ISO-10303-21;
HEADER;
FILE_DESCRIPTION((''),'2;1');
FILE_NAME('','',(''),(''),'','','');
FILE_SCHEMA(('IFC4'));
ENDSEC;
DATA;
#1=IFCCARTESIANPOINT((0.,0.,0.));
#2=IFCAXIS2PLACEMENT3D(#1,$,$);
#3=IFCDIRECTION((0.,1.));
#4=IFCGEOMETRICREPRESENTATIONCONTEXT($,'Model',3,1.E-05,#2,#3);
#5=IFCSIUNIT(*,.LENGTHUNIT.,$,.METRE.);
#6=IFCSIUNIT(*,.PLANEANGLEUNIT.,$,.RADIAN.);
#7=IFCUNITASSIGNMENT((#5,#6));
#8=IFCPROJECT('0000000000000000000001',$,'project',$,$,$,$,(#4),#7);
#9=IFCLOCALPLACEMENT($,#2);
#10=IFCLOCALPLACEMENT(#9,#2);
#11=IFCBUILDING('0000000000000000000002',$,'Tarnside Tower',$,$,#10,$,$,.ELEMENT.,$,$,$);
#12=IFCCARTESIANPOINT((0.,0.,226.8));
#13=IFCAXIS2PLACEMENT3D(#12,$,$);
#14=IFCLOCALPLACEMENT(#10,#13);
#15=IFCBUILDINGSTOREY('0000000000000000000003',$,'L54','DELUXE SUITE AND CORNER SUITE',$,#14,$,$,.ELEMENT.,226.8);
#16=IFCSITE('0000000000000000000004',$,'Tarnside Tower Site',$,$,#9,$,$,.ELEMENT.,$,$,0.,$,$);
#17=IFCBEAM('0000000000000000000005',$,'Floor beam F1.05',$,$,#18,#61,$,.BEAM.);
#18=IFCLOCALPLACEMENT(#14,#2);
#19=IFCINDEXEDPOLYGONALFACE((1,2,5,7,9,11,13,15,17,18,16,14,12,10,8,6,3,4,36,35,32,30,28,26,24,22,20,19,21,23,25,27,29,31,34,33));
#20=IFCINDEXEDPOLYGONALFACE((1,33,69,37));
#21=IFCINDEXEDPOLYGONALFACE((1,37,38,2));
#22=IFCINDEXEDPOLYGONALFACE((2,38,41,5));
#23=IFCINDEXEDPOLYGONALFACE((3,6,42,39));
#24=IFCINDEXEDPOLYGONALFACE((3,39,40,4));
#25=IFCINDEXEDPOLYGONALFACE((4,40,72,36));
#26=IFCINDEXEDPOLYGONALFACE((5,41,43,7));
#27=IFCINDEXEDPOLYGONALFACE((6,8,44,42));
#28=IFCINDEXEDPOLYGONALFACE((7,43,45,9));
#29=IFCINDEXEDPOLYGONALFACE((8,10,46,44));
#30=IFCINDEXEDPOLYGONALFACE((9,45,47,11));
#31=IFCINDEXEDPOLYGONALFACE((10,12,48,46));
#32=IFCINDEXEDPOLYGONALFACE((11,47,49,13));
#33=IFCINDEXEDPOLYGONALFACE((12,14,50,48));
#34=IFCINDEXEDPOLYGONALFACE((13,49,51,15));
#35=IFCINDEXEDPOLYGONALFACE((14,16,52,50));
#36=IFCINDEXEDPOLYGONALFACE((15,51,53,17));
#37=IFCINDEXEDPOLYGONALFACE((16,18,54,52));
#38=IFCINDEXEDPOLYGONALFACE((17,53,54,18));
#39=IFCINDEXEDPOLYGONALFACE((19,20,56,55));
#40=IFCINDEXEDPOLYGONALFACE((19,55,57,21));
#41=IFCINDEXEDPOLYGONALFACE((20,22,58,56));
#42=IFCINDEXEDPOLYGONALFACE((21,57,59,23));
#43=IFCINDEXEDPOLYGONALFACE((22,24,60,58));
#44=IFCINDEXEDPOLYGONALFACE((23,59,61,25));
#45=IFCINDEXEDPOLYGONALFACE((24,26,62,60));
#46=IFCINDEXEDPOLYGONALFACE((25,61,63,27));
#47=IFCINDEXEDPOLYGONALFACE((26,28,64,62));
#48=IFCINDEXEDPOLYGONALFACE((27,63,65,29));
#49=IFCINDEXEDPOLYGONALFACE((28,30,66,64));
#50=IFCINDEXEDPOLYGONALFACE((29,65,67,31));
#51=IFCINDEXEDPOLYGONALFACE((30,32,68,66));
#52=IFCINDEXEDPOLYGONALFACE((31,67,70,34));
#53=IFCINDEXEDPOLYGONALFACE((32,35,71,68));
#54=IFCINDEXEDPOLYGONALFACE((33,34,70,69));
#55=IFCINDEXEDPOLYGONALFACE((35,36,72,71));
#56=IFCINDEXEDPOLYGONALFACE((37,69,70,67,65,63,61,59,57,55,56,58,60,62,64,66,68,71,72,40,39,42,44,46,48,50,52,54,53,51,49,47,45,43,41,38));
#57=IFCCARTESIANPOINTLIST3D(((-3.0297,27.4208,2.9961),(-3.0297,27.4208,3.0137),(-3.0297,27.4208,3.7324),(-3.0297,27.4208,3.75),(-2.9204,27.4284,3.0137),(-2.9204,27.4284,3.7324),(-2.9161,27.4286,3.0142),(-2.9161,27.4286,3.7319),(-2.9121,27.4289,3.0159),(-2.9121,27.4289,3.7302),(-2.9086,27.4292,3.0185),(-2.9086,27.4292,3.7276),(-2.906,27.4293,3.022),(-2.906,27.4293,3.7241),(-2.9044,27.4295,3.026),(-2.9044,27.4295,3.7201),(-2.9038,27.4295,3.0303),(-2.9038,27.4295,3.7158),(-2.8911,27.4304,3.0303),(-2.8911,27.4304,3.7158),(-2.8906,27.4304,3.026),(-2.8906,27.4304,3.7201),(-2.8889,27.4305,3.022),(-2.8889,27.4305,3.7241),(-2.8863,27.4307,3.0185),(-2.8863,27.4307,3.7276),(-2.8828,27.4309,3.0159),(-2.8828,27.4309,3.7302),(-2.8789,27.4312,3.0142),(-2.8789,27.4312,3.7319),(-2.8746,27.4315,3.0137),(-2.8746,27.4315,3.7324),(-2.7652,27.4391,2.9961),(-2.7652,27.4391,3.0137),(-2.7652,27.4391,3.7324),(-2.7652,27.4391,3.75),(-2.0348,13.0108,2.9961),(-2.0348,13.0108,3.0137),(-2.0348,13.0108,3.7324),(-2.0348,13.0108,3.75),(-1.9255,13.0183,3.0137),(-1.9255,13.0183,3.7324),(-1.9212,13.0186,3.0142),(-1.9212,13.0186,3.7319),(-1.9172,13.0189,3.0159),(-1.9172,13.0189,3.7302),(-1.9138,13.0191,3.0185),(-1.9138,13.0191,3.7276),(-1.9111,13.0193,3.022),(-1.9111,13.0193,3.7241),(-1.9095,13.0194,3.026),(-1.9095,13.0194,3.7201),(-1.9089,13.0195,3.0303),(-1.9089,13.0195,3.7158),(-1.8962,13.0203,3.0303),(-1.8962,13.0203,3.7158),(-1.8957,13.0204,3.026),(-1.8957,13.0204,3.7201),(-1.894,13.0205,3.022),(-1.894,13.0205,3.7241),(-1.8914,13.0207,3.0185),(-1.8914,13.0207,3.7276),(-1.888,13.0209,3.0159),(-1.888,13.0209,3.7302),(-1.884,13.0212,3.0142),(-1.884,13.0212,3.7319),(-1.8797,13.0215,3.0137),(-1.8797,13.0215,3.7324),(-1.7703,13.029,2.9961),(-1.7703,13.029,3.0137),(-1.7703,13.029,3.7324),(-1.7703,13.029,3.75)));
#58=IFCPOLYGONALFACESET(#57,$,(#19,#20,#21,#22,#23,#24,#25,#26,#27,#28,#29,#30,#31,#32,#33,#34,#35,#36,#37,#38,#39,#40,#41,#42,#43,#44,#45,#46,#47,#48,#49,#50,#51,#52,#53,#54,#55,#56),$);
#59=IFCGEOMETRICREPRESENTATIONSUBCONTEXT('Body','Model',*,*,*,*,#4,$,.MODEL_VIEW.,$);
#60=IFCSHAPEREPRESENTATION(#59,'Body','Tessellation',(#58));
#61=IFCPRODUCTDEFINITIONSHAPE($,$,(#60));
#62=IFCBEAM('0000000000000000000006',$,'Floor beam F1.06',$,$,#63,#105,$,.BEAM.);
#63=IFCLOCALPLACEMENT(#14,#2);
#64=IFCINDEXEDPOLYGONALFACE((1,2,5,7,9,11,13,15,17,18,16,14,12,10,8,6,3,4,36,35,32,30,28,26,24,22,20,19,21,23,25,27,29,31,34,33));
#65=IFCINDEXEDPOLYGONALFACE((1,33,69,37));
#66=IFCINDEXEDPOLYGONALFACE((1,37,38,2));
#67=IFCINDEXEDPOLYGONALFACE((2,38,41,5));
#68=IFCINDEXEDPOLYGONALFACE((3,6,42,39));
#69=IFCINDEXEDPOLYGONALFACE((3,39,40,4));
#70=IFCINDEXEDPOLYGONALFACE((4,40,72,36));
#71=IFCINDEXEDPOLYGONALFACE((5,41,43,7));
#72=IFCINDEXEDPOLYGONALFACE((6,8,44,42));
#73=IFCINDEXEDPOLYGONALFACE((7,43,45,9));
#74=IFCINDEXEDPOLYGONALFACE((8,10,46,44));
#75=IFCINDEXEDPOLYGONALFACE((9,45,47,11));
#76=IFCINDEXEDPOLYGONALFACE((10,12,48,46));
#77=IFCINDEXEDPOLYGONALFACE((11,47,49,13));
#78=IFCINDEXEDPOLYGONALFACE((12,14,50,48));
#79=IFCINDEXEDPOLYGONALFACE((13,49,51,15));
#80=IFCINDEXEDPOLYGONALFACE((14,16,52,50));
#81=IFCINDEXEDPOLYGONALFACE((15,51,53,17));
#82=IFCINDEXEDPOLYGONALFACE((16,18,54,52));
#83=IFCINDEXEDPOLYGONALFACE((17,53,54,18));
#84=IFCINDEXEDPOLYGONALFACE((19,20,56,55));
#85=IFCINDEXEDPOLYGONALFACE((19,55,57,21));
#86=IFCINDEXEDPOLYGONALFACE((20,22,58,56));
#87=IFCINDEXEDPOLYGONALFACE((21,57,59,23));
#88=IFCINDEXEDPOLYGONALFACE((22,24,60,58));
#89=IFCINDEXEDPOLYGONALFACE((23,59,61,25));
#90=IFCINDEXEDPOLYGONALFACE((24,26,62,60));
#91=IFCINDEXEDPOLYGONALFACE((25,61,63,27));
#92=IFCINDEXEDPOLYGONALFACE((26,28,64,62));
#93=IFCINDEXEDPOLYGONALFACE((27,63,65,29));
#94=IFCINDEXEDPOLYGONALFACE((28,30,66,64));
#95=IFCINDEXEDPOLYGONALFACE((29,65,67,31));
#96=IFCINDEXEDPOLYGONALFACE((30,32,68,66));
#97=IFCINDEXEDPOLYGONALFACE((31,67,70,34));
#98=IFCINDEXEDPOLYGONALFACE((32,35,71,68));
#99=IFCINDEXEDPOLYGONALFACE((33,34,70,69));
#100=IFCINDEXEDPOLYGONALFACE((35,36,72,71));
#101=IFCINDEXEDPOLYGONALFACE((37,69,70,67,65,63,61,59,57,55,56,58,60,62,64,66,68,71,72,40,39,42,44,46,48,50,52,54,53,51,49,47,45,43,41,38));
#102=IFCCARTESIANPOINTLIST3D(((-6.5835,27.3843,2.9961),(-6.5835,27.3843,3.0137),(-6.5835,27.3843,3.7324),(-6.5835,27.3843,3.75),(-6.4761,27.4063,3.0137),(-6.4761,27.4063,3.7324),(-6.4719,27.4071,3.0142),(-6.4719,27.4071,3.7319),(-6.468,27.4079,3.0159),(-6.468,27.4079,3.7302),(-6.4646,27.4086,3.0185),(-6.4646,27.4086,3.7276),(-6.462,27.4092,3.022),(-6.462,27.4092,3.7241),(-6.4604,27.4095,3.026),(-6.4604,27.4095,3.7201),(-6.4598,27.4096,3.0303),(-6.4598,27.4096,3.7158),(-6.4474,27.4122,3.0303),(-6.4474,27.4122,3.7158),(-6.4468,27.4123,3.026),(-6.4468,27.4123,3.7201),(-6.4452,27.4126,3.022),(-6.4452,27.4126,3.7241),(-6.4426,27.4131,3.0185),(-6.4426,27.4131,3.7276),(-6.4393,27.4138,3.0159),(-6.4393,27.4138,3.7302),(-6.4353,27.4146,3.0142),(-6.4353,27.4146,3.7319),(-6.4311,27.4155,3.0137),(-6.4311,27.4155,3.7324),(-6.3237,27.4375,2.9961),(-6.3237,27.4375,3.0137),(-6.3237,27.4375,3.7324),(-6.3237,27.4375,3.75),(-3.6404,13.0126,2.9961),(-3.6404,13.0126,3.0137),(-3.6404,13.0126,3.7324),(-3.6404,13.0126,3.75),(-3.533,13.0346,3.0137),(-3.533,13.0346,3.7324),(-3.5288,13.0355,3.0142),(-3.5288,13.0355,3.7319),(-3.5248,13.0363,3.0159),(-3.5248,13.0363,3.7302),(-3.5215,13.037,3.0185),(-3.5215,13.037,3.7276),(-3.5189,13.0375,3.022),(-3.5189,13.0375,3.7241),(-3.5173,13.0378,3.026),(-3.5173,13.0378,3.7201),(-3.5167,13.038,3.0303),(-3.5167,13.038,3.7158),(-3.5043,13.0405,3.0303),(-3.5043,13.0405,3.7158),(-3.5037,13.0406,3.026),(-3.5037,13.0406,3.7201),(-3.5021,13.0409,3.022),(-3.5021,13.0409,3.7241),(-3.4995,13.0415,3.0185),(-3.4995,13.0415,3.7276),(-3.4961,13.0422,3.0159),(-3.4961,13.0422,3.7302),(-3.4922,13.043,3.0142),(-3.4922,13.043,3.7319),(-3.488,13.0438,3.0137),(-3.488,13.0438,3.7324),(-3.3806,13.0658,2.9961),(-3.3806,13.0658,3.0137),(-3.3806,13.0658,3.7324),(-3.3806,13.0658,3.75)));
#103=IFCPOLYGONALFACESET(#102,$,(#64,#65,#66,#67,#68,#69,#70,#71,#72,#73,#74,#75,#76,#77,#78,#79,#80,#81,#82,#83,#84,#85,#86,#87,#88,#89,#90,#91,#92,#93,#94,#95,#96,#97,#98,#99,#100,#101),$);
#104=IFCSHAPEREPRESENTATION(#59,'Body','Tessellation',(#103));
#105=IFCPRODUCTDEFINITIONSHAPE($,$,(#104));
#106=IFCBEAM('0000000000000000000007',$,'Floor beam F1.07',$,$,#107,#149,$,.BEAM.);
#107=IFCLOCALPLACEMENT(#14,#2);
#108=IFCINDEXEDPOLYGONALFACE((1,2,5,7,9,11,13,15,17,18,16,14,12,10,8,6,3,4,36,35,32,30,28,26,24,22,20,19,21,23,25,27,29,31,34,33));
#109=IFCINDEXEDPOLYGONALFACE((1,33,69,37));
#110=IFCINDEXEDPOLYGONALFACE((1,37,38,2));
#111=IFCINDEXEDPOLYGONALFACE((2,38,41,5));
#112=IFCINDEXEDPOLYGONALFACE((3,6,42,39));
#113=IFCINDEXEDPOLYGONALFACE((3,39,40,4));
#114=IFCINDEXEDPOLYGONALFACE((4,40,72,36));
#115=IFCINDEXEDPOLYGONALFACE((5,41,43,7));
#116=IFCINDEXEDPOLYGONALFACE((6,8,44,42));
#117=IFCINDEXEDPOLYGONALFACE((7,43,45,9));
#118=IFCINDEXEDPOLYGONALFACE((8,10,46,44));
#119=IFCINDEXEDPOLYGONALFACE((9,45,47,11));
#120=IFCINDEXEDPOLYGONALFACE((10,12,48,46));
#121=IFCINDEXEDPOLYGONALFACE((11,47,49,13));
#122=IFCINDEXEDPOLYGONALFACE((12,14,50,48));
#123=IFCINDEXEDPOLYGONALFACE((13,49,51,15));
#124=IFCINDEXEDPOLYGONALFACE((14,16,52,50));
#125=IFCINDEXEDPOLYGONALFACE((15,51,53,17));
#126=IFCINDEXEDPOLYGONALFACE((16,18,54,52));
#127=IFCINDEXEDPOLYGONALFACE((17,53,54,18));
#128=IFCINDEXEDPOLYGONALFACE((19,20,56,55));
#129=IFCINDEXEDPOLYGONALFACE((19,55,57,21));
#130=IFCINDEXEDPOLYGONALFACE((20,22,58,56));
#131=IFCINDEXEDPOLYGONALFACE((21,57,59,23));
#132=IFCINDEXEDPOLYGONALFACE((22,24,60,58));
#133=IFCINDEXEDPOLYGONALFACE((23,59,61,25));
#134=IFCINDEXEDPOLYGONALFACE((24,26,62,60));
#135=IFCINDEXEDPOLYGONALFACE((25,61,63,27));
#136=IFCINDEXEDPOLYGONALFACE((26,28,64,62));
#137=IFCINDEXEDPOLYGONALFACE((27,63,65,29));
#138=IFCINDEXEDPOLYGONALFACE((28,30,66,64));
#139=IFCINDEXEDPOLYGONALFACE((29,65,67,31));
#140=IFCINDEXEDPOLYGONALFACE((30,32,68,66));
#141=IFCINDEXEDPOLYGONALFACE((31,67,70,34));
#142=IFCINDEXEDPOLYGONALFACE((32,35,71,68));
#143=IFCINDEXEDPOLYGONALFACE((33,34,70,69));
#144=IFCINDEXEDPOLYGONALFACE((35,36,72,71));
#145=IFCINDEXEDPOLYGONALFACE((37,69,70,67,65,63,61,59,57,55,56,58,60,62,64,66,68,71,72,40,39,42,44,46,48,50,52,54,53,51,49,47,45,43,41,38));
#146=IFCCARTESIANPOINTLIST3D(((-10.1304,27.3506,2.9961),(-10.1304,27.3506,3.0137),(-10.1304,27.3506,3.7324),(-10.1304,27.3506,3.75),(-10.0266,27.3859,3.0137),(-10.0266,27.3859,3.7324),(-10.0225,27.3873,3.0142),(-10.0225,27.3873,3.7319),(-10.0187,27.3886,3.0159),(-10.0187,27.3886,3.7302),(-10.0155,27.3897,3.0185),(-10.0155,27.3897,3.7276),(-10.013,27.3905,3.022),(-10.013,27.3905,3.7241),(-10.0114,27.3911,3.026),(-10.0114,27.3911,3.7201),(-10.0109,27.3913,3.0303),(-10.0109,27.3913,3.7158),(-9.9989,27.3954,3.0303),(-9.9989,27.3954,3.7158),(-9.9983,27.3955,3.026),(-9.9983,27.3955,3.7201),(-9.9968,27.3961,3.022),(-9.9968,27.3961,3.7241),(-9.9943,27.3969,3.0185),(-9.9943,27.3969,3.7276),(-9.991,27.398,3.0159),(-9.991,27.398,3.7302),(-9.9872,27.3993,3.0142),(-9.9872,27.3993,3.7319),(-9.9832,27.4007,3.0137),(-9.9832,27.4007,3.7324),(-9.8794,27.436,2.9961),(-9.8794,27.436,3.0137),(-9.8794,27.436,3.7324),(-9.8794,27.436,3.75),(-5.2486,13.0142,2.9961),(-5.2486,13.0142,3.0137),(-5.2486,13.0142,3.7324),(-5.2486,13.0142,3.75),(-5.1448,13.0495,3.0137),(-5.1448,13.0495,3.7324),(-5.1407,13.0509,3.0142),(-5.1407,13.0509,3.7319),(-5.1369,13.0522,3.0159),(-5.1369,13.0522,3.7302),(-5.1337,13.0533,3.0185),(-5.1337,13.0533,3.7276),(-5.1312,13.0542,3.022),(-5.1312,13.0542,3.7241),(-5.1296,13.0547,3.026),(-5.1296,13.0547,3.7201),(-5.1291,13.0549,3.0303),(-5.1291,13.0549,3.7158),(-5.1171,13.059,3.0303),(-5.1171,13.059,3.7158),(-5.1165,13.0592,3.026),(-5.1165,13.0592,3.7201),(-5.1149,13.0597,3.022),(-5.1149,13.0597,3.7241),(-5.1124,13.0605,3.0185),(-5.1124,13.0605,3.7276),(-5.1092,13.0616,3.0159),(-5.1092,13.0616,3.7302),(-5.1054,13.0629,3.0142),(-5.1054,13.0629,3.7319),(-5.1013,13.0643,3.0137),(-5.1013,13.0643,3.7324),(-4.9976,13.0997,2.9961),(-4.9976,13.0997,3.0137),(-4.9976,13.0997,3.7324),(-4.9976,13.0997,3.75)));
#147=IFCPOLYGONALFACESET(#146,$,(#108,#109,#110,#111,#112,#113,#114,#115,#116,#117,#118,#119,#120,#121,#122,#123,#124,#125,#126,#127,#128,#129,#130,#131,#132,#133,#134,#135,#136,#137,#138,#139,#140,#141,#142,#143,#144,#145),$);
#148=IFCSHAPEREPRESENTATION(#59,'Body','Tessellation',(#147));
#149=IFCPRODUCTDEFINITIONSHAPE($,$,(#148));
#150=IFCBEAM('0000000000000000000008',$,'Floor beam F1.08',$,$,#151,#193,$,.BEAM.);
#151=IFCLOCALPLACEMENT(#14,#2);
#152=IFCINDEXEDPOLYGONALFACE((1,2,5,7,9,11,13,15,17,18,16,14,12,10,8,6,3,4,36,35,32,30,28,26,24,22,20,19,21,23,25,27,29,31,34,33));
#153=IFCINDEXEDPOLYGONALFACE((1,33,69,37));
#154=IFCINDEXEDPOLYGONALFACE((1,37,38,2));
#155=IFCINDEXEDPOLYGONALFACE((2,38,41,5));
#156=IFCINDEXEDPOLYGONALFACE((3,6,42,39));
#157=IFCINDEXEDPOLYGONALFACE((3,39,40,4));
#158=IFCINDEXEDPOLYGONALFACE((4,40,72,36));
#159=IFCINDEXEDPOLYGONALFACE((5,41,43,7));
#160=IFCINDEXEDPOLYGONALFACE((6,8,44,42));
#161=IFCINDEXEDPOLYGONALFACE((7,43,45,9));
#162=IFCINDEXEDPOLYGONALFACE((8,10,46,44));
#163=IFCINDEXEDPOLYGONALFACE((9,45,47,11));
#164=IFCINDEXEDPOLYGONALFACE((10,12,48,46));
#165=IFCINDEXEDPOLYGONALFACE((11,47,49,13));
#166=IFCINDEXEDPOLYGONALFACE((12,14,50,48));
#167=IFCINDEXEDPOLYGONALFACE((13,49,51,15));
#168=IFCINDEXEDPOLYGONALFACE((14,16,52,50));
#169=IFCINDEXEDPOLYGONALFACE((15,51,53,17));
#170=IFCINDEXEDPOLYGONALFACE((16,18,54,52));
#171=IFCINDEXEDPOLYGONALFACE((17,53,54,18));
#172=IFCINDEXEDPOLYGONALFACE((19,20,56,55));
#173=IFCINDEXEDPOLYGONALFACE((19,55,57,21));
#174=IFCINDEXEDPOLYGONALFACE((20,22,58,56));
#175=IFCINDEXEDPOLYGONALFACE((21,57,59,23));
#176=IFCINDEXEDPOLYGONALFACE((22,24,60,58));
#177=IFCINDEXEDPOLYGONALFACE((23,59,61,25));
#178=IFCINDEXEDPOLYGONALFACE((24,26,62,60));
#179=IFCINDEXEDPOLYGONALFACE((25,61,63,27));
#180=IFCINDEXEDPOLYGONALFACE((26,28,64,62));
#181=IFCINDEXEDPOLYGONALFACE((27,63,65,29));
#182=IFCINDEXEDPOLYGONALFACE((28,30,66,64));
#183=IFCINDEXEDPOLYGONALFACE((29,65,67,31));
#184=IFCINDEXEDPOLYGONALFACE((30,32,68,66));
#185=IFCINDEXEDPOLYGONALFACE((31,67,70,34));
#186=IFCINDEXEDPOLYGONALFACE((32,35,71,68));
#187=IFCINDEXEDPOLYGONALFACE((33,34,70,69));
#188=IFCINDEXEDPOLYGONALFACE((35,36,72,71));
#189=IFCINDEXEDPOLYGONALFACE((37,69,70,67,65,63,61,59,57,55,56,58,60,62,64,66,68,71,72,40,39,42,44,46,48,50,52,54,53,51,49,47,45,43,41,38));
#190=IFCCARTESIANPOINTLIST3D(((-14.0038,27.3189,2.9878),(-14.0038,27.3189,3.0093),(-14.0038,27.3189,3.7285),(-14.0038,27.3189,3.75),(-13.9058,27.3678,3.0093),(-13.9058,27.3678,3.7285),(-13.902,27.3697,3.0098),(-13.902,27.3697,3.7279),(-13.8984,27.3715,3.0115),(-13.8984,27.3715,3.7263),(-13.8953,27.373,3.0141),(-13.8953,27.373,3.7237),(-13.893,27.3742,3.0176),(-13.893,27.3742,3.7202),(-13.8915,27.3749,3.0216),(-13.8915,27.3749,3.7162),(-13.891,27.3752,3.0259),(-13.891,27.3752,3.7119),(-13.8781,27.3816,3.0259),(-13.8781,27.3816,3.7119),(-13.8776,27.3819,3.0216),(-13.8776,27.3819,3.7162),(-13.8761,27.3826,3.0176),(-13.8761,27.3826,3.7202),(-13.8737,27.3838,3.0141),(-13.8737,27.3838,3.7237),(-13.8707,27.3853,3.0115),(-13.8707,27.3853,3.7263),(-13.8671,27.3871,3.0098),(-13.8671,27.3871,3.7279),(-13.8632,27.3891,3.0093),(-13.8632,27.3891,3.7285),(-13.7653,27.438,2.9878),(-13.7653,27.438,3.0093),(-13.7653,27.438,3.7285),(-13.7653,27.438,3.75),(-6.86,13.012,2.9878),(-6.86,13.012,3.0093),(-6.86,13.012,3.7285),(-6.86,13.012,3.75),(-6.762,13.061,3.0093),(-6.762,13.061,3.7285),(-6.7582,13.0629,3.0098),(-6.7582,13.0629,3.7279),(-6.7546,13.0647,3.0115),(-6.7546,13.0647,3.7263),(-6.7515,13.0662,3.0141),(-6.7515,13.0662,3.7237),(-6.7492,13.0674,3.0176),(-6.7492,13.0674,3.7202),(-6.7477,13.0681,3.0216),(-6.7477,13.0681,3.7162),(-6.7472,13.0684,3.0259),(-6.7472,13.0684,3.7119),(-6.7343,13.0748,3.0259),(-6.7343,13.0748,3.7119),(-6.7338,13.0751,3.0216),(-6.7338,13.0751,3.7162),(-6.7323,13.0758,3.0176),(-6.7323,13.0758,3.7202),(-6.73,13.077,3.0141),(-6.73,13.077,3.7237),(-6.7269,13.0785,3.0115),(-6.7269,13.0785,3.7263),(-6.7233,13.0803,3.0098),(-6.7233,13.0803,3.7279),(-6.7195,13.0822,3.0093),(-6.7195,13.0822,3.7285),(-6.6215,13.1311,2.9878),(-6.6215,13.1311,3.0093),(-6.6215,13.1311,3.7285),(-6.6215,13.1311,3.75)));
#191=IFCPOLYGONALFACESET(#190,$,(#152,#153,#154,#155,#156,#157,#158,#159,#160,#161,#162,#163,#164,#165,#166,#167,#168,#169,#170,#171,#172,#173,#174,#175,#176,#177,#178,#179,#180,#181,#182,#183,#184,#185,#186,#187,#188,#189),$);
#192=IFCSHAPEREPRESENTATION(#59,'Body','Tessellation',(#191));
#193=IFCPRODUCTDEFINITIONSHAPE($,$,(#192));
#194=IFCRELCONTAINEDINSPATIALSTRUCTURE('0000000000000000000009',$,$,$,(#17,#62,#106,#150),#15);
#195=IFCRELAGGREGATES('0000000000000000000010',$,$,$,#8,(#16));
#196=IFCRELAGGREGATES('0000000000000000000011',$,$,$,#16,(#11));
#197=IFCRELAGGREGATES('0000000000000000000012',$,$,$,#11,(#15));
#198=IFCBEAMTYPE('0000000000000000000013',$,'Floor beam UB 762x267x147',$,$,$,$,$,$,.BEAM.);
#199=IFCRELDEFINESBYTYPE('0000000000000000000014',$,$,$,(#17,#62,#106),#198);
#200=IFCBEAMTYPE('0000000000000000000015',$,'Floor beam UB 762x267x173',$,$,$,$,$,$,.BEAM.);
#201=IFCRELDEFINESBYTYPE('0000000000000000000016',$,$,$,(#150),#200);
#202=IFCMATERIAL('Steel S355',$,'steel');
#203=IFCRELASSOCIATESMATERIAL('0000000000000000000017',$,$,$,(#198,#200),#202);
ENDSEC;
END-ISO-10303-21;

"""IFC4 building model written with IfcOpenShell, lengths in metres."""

from ifc_helpers import new_model, si_unit, direction, frame, origin, origin_2d, place, context, subcontext, project, spatial, i_section, extrude, material, material_profile, profile_set, type_object, element, save


model = new_model("IFC4")

# Units and contexts
model_context = context("Model", 3, precision=1e-05, world=origin(), true_north=direction((0.0, 1.0)))
body_context = subcontext(model_context, "Body", "Model", "MODEL_VIEW")
ifc_project = project(units=[si_unit("LENGTHUNIT", "METRE"), si_unit("PLANEANGLEUNIT", "RADIAN")], contexts=[model_context])

# Site, building, storey
site_placement = place(None, origin())
site = spatial("IfcSite", under=ifc_project, at=site_placement, Name="Tarnside Tower Site", CompositionType="ELEMENT", RefElevation=0.0)
building_placement = place(site_placement, origin())
building = spatial("IfcBuilding", under=site, at=building_placement, Name="Tarnside Tower", CompositionType="ELEMENT")
storey_placement = place(building_placement, frame((0.0, 0.0, 226.8)))
storey = spatial("IfcBuildingStorey", under=building, at=storey_placement, Name="L54", Description="DELUXE SUITE AND CORNER SUITE", CompositionType="ELEMENT", Elevation=226.8)

# Beams
ifc_material_1 = material(Name="Steel S355", Category="steel")
ifc_material_profile_1 = material_profile(ifc_material_1, i_section(OverallWidth=0.2651, OverallDepth=0.7539, WebThickness=0.0127, FlangeThickness=0.0176, FilletRadius=0.0166, at=origin_2d()), Name="UB 762x267x147")
ifc_profile_set_1 = profile_set([ifc_material_profile_1], Name="Steel S355")
beam_type_1 = type_object("IfcBeamType", Name="Floor beam UB 762x267x147", PredefinedType="BEAM", material=ifc_profile_set_1)
beam_1_placement = place(storey_placement, frame((-2.8975, 27.4299, 3.373), z_axis=(0.068877, -0.997625, 0.0), x_axis=(0.997625, 0.068877, 0.0)))
element("IfcBeam", 1, at=beam_1_placement, inside=storey, type_object=beam_type_1, Name="Floor beam F1.05", PredefinedType="BEAM", context=body_context, shape_type="SweptSolid", body=[
    extrude(i_section(OverallWidth=0.2651, OverallDepth=0.7539, WebThickness=0.0127, FlangeThickness=0.0176, FilletRadius=0.0166, at=origin_2d()), origin(), (0.0, 0.0, 1.0), 14.4443),
])
beam_2_placement = place(storey_placement, frame((-6.4536, 27.4109, 3.373), z_axis=(0.200623, -0.979668, 0.0), x_axis=(0.979668, 0.200623, 0.0)))
element("IfcBeam", 2, at=beam_2_placement, inside=storey, type_object=beam_type_1, Name="Floor beam F1.06", PredefinedType="BEAM", context=body_context, shape_type="SweptSolid", body=[
    extrude(i_section(OverallWidth=0.2651, OverallDepth=0.7539, WebThickness=0.0127, FlangeThickness=0.0176, FilletRadius=0.0166, at=origin_2d()), origin(), (0.0, 0.0, 1.0), 14.6699),
])
beam_3_placement = place(storey_placement, frame((-10.0049, 27.3933, 3.373), z_axis=(0.322344, -0.946623, 0.0), x_axis=(0.946623, 0.322344, 0.0)))
element("IfcBeam", 3, at=beam_3_placement, inside=storey, type_object=beam_type_1, Name="Floor beam F1.07", PredefinedType="BEAM", context=body_context, shape_type="SweptSolid", body=[
    extrude(i_section(OverallWidth=0.2651, OverallDepth=0.7539, WebThickness=0.0127, FlangeThickness=0.0176, FilletRadius=0.0166, at=origin_2d()), origin(), (0.0, 0.0, 1.0), 15.1448),
])
ifc_material_profile_2 = material_profile(ifc_material_1, i_section(OverallWidth=0.2666, OverallDepth=0.7622, WebThickness=0.0144, FlangeThickness=0.0215, FilletRadius=0.0166, at=origin_2d()), Name="UB 762x267x173")
ifc_profile_set_2 = profile_set([ifc_material_profile_2], Name="Steel S355")
beam_type_2 = type_object("IfcBeamType", Name="Floor beam UB 762x267x173", PredefinedType="BEAM", material=ifc_profile_set_2)
beam_4_placement = place(storey_placement, frame((-13.8845, 27.3784, 3.3689), z_axis=(0.446731, -0.894668, 0.0), x_axis=(0.894668, 0.446731, 0.0)))
element("IfcBeam", 4, at=beam_4_placement, inside=storey, type_object=beam_type_2, Name="Floor beam F1.08", PredefinedType="BEAM", context=body_context, shape_type="SweptSolid", body=[
    extrude(i_section(OverallWidth=0.2666, OverallDepth=0.7622, WebThickness=0.0144, FlangeThickness=0.0215, FilletRadius=0.0166, at=origin_2d()), origin(), (0.0, 0.0, 1.0), 15.9912),
])

save(model, "model.ifc")
